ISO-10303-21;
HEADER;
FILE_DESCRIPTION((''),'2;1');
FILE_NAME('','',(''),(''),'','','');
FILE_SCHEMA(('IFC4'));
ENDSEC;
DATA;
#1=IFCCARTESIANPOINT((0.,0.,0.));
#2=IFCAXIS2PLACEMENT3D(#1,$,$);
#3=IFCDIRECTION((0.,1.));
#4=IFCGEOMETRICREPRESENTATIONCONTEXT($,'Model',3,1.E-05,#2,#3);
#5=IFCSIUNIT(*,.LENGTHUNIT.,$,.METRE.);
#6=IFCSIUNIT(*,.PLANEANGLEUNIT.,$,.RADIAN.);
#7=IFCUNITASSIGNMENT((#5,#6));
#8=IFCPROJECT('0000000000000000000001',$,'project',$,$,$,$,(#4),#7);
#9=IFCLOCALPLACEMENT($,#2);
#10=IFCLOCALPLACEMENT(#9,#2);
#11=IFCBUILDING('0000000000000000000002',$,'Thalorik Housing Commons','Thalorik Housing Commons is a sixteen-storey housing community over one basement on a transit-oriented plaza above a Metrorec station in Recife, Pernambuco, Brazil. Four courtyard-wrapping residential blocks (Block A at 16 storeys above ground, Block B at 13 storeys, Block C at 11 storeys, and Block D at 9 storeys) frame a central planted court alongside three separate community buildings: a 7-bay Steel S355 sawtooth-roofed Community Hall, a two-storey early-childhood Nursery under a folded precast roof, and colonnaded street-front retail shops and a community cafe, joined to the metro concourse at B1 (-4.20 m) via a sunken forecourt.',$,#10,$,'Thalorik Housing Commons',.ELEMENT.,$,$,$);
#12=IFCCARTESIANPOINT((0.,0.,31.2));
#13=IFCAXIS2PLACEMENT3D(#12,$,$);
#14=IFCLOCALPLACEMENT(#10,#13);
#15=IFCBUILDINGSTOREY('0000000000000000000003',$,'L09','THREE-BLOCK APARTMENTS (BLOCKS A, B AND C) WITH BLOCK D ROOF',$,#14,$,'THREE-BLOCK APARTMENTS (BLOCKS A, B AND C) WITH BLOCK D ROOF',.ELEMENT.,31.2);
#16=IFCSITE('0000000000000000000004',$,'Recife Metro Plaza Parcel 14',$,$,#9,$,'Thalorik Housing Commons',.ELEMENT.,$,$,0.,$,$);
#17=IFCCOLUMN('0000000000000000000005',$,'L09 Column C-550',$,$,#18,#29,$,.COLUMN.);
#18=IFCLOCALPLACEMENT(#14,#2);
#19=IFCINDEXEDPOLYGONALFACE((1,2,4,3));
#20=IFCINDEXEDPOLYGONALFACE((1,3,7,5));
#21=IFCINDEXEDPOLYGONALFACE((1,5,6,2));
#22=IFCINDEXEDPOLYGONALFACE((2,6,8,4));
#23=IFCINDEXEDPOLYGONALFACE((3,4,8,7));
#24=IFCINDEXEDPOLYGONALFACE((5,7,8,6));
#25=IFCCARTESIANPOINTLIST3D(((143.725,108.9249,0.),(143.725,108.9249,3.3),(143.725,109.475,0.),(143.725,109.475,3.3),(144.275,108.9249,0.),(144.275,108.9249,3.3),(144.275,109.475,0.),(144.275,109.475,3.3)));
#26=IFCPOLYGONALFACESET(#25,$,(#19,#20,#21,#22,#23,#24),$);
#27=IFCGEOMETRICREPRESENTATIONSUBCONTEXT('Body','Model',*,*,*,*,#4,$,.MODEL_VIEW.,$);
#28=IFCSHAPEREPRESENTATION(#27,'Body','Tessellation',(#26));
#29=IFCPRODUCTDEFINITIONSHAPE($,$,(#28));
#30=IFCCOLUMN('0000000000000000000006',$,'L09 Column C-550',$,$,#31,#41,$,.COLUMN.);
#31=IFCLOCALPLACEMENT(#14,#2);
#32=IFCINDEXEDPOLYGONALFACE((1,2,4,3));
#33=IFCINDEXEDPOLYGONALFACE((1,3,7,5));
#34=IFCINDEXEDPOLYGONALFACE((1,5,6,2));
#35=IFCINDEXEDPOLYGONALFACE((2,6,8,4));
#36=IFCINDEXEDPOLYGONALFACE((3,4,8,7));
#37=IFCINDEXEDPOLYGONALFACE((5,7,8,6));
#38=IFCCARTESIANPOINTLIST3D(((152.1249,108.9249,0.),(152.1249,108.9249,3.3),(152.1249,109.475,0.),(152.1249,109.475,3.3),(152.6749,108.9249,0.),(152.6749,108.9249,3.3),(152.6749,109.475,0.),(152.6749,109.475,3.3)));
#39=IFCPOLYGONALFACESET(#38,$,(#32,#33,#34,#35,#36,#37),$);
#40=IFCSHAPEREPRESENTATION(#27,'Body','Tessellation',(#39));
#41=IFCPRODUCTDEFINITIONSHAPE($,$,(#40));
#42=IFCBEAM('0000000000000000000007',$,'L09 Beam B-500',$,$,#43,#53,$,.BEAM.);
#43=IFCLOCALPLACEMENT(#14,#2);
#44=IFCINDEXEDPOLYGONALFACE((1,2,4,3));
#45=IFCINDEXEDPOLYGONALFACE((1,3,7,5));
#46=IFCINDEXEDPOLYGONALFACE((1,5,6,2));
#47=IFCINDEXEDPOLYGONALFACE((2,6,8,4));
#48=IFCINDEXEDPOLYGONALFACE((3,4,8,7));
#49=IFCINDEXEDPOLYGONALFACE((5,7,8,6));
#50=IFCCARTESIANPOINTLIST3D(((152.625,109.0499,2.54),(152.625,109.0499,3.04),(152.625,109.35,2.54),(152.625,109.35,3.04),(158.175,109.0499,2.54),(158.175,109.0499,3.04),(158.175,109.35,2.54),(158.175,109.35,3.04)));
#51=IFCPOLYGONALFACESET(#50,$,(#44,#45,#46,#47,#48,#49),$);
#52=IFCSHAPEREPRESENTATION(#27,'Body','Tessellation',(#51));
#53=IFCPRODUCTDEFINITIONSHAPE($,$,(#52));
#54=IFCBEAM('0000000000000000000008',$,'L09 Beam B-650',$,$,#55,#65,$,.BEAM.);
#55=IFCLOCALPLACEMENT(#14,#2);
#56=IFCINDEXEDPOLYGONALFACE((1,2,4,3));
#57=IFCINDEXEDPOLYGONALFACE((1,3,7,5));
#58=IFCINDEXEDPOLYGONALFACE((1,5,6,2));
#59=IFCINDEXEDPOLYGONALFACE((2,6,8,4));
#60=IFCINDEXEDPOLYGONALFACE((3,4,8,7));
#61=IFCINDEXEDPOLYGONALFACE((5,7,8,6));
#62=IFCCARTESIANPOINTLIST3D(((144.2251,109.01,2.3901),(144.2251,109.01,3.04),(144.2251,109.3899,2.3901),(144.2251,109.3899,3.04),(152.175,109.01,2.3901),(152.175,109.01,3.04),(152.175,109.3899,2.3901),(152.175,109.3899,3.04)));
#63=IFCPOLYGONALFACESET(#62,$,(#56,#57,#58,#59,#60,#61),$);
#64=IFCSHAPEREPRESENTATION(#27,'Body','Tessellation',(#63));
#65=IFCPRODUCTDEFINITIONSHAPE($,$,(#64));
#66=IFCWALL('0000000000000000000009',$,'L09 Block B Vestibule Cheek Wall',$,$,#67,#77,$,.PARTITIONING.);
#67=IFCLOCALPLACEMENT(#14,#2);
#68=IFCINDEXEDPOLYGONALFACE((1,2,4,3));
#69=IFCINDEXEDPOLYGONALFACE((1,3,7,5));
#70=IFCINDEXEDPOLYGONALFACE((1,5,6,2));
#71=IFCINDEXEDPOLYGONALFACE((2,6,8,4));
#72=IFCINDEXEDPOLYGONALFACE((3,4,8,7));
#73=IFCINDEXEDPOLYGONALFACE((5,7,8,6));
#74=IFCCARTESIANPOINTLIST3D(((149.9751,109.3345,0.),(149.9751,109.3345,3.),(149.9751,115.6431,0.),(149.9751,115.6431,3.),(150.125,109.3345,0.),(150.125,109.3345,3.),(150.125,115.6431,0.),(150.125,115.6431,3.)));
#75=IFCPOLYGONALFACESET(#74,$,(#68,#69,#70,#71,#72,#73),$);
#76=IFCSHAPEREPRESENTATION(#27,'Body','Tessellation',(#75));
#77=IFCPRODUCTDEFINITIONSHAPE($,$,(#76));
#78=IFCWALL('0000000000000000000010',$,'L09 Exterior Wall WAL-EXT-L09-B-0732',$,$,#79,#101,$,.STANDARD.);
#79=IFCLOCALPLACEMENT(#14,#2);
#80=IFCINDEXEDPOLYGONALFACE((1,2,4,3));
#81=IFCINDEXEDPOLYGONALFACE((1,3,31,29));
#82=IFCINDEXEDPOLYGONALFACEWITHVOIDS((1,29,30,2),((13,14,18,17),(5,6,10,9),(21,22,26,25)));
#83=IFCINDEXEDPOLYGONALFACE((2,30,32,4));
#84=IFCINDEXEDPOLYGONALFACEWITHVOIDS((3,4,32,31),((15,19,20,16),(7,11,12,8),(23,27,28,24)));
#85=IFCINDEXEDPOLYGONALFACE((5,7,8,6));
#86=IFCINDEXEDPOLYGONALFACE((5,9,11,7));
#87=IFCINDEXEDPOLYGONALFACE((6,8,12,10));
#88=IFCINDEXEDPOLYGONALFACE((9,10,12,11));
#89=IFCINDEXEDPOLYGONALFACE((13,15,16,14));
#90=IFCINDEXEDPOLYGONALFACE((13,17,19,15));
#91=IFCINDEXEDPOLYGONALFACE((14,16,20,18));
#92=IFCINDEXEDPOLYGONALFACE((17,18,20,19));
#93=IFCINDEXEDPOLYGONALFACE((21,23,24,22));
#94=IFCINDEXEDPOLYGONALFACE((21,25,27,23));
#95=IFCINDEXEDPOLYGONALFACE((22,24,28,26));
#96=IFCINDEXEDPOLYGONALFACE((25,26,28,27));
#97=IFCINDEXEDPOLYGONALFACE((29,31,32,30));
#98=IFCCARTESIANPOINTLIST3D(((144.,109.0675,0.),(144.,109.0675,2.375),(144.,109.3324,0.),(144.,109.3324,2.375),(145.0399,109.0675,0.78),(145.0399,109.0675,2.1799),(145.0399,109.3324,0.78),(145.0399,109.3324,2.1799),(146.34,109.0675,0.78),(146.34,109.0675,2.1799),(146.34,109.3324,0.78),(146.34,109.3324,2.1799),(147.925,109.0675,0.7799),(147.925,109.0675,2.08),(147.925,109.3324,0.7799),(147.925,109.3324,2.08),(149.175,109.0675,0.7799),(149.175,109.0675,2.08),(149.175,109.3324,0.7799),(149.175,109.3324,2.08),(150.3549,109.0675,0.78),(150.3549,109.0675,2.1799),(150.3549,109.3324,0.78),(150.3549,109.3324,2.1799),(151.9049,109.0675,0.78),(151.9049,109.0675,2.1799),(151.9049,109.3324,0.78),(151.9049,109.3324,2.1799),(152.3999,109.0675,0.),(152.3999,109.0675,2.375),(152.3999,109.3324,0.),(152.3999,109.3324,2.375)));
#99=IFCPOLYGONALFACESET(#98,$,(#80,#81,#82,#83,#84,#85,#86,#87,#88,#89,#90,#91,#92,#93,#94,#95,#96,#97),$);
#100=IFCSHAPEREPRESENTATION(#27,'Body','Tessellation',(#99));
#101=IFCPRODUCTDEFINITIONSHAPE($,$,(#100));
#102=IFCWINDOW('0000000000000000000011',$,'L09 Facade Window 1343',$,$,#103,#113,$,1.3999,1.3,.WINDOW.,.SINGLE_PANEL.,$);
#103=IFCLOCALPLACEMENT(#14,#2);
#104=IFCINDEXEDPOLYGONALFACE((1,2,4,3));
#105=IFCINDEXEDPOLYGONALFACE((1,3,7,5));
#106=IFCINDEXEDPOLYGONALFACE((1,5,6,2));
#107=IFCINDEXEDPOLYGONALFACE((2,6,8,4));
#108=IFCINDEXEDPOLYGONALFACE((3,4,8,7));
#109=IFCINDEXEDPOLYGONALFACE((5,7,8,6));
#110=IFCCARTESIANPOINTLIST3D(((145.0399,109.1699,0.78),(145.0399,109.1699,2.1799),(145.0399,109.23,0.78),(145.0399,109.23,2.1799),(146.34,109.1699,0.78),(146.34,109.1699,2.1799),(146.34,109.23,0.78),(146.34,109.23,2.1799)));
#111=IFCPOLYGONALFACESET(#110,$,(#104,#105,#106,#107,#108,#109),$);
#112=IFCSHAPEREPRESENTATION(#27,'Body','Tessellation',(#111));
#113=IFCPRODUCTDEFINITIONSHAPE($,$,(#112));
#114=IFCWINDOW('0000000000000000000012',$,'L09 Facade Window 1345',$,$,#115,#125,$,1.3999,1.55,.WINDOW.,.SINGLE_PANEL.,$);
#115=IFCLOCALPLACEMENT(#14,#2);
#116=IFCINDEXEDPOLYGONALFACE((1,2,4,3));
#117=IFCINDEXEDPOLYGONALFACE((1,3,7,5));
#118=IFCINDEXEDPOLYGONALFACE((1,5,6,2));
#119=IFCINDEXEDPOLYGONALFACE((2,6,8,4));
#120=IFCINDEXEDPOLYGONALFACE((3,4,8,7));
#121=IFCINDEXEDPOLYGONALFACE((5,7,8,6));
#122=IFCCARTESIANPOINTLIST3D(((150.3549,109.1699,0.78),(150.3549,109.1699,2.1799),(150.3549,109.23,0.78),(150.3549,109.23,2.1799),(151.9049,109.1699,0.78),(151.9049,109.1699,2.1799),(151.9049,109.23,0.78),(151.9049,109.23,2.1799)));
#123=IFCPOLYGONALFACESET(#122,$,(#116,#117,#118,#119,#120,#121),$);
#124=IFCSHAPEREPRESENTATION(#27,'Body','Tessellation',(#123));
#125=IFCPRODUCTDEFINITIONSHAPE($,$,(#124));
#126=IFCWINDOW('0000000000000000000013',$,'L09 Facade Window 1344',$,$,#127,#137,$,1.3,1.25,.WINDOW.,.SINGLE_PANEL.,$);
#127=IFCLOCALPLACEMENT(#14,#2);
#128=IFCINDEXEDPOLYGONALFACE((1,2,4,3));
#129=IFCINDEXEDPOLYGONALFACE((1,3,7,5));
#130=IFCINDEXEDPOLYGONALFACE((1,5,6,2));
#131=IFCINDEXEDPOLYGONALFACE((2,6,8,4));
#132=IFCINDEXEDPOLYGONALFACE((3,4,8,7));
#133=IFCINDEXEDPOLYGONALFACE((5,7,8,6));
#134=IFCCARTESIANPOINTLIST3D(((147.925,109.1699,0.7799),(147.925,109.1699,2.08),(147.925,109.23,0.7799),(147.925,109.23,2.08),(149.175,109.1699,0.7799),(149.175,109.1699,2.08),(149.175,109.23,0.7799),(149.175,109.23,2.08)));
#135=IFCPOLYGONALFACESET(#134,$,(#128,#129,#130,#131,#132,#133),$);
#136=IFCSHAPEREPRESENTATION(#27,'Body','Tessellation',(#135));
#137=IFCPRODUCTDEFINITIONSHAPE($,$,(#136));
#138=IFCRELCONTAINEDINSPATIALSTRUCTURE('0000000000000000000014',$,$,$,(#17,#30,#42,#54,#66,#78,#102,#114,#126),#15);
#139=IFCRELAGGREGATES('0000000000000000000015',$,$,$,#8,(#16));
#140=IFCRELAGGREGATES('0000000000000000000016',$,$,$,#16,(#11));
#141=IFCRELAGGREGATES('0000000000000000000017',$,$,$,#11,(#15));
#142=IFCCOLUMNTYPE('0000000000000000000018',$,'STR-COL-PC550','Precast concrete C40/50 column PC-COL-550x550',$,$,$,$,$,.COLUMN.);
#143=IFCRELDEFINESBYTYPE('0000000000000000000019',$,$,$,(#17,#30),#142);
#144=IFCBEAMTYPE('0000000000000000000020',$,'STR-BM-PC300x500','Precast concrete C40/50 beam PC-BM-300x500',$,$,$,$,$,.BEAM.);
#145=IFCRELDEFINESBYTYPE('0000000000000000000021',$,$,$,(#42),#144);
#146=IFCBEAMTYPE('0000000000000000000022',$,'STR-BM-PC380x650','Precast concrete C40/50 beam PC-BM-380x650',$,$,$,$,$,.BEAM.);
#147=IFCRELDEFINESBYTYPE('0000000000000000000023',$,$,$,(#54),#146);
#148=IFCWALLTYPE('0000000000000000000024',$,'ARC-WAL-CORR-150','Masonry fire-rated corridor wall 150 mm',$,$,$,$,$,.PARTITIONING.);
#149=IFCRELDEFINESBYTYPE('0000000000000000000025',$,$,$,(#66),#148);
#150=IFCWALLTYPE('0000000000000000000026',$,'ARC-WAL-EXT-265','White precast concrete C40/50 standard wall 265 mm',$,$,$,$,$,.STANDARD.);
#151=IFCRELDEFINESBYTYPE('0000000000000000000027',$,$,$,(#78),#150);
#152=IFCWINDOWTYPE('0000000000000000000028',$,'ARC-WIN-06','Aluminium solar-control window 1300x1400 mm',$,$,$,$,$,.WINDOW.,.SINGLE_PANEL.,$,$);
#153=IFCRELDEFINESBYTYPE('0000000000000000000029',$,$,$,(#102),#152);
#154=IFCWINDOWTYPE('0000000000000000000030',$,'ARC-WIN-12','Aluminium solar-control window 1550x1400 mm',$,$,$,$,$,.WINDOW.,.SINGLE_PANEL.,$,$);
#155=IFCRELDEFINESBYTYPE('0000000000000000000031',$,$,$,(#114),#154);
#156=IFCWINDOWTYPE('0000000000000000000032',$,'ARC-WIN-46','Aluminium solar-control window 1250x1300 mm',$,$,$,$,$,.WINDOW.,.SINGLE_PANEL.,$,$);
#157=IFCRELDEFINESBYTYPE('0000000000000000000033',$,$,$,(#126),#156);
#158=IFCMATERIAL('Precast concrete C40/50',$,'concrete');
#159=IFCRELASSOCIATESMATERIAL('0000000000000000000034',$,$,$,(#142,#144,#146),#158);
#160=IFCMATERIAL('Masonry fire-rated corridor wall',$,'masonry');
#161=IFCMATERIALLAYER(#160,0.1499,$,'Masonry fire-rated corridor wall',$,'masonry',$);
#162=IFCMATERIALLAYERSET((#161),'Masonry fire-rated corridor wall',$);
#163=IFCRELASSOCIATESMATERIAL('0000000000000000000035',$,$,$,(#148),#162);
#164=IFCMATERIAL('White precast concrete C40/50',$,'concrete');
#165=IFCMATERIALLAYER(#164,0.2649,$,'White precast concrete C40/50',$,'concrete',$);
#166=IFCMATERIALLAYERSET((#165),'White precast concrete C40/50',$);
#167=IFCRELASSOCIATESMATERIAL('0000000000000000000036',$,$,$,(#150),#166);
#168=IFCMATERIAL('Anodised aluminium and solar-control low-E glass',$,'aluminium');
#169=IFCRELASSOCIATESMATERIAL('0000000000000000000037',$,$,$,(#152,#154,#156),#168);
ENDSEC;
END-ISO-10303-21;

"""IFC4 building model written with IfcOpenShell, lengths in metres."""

from ifc_helpers import new_model, si_unit, direction, frame, frame_2d, origin, origin_2d, place, context, subcontext, project, spatial, rectangle, extrude, material, layer, layer_set, material_profile, profile_set, type_object, element, fill, save


model = new_model("IFC4")

# Units and contexts
model_context = context("Model", 3, precision=1e-05, world=origin(), true_north=direction((0.0, 1.0)))
body_context = subcontext(model_context, "Body", "Model", "MODEL_VIEW")
ifc_project = project(units=[si_unit("LENGTHUNIT", "METRE"), si_unit("PLANEANGLEUNIT", "RADIAN")], contexts=[model_context])

# Site, building, storey
site_placement = place(None, origin())
site = spatial("IfcSite", under=ifc_project, at=site_placement, Name="Recife Metro Plaza Parcel 14", LongName="Thalorik Housing Commons", CompositionType="ELEMENT", RefElevation=0.0)
building_placement = place(site_placement, origin())
building = spatial("IfcBuilding", under=site, at=building_placement, Name="Thalorik Housing Commons", Description="Thalorik Housing Commons is a sixteen-storey housing community over one basement on a transit-oriented plaza above a Metrorec station in Recife, Pernambuco, Brazil. Four courtyard-wrapping residential blocks (Block A at 16 storeys above ground, Block B at 13 storeys, Block C at 11 storeys, and Block D at 9 storeys) frame a central planted court alongside three separate community buildings: a 7-bay Steel S355 sawtooth-roofed Community Hall, a two-storey early-childhood Nursery under a folded precast roof, and colonnaded street-front retail shops and a community cafe, joined to the metro concourse at B1 (-4.20 m) via a sunken forecourt.", LongName="Thalorik Housing Commons", CompositionType="ELEMENT")
storey_placement = place(building_placement, frame((0.0, 0.0, 31.2)))
storey = spatial("IfcBuildingStorey", under=building, at=storey_placement, Name="L09", Description="THREE-BLOCK APARTMENTS (BLOCKS A, B AND C) WITH BLOCK D ROOF", LongName="THREE-BLOCK APARTMENTS (BLOCKS A, B AND C) WITH BLOCK D ROOF", CompositionType="ELEMENT", Elevation=31.2)

# Columns
ifc_material_1 = material(Name="Precast concrete C40/50", Category="concrete")
ifc_material_profile_1 = material_profile(ifc_material_1, rectangle(XDim=0.55, YDim=0.55, at=origin_2d()), Name="PC 550x550", Category="concrete")
ifc_profile_set_1 = profile_set([ifc_material_profile_1], Name="Precast concrete C40/50")
column_type = type_object("IfcColumnType", Name="STR-COL-PC550", Description="Precast concrete C40/50 column PC-COL-550x550", PredefinedType="COLUMN", material=ifc_profile_set_1)
for number, where, z_axis, x_axis, name in (
    (1, (144.0, 109.2, 0.0), (0.0, 0.0, 1.0), (1.0, 0.0, 0.0), "L09 Column C-550"),
    (2, (152.3999, 109.2, 0.0), (0.0, 0.0, 1.0), (1.0, 0.0, 0.0), "L09 Column C-550"),
):
    element("IfcColumn", number, at=place(storey_placement, frame(where, z_axis=z_axis, x_axis=x_axis)), inside=storey, type_object=column_type, Name=name, PredefinedType="COLUMN", context=body_context, shape_type="SweptSolid", body=[
        extrude(rectangle(XDim=0.55, YDim=0.55, at=origin_2d()), origin(), (0.0, 0.0, 1.0), 3.3),
    ])

# Beams
ifc_material_profile_2 = material_profile(ifc_material_1, rectangle(XDim=0.3, YDim=0.5, at=origin_2d()), Name="PC 300x500", Category="concrete")
ifc_profile_set_2 = profile_set([ifc_material_profile_2], Name="Precast concrete C40/50")
beam_type_1 = type_object("IfcBeamType", Name="STR-BM-PC300x500", Description="Precast concrete C40/50 beam PC-BM-300x500", PredefinedType="BEAM", material=ifc_profile_set_2)
beam_1_placement = place(storey_placement, frame((152.625, 109.2, 2.79), z_axis=(1.0, 0.0, 0.0), x_axis=(0.0, 1.0, 0.0)))
element("IfcBeam", 3, at=beam_1_placement, inside=storey, type_object=beam_type_1, Name="L09 Beam B-500", PredefinedType="BEAM", context=body_context, shape_type="SweptSolid", body=[
    extrude(rectangle(XDim=0.3, YDim=0.5, at=origin_2d()), origin(), (0.0, 0.0, 1.0), 5.55),
])
ifc_material_profile_3 = material_profile(ifc_material_1, rectangle(XDim=0.3799, YDim=0.6499, at=origin_2d()), Name="PC 380x650", Category="concrete")
ifc_profile_set_3 = profile_set([ifc_material_profile_3], Name="Precast concrete C40/50")
beam_type_2 = type_object("IfcBeamType", Name="STR-BM-PC380x650", Description="Precast concrete C40/50 beam PC-BM-380x650", PredefinedType="BEAM", material=ifc_profile_set_3)
beam_2_placement = place(storey_placement, frame((144.2251, 109.2, 2.7151), z_axis=(1.0, 0.0, 0.0), x_axis=(0.0, 1.0, 0.0)))
element("IfcBeam", 4, at=beam_2_placement, inside=storey, type_object=beam_type_2, Name="L09 Beam B-650", PredefinedType="BEAM", context=body_context, shape_type="SweptSolid", body=[
    extrude(rectangle(XDim=0.3799, YDim=0.6499, at=origin_2d()), origin(), (0.0, 0.0, 1.0), 7.95),
])

# Wall
ifc_material_2 = material(Name="Masonry fire-rated corridor wall", Category="masonry")
ifc_layer_1 = layer(ifc_material_2, 0.1499, Name="Masonry fire-rated corridor wall", Category="masonry")
ifc_layer_set_1 = layer_set([ifc_layer_1], Name="Masonry fire-rated corridor wall")
wall_type_1 = type_object("IfcWallType", Name="ARC-WAL-CORR-150", Description="Masonry fire-rated corridor wall 150 mm", PredefinedType="PARTITIONING", material=ifc_layer_set_1)
wall_1_placement = place(storey_placement, frame((150.05, 109.3345, 0.0), z_axis=(0.0, 0.0, 1.0), x_axis=(0.0, 1.0, 0.0)))
element("IfcWall", 5, at=wall_1_placement, inside=storey, type_object=wall_type_1, Name="L09 Block B Vestibule Cheek Wall", PredefinedType="PARTITIONING", context=body_context, shape_type="SweptSolid", body=[
    extrude(rectangle(XDim=6.3086, YDim=0.1499, at=frame_2d((3.1543, 0.0))), origin(), (0.0, 0.0, 1.0), 3.0),
])

# Wall, openings, windows
ifc_material_3 = material(Name="White precast concrete C40/50", Category="concrete")
ifc_layer_2 = layer(ifc_material_3, 0.2649, Name="White precast concrete C40/50", Category="concrete")
ifc_layer_set_2 = layer_set([ifc_layer_2], Name="White precast concrete C40/50")
wall_type_2 = type_object("IfcWallType", Name="ARC-WAL-EXT-265", Description="White precast concrete C40/50 standard wall 265 mm", PredefinedType="STANDARD", material=ifc_layer_set_2)
wall_2_placement = place(storey_placement, frame((144.0, 109.2, 0.0), z_axis=(0.0, 0.0, 1.0), x_axis=(1.0, 0.0, 0.0)))
wall_2 = element("IfcWall", 6, at=wall_2_placement, inside=storey, type_object=wall_type_2, Name="L09 Exterior Wall WAL-EXT-L09-B-0732", PredefinedType="STANDARD", context=body_context, shape_type="SweptSolid", body=[
    extrude(rectangle(XDim=8.3999, YDim=0.2649, at=frame_2d((4.2, 0.0))), origin(), (0.0, 0.0, 1.0), 2.375),
])
opening_1_placement = place(wall_2_placement, frame((1.04, 0.0, 0.78)))
opening_1 = element("IfcOpeningElement", 7, at=opening_1_placement, cuts=wall_2, PredefinedType="OPENING", context=body_context, shape_type="SweptSolid", body=[
    extrude(rectangle(XDim=1.3, YDim=1.3999, at=frame_2d((0.6499, 0.7))), frame((0.0, 0.1426, 0.0), z_axis=(0.0, -1.0, 0.0), x_axis=(1.0, 0.0, 0.0)), (0.0, 0.0, 1.0), 0.2849),
])
opening_2_placement = place(wall_2_placement, frame((3.925, 0.0, 0.78)))
opening_2 = element("IfcOpeningElement", 8, at=opening_2_placement, cuts=wall_2, PredefinedType="OPENING", context=body_context, shape_type="SweptSolid", body=[
    extrude(rectangle(XDim=1.25, YDim=1.3, at=frame_2d((0.625, 0.6499))), frame((0.0, 0.1426, 0.0), z_axis=(0.0, -1.0, 0.0), x_axis=(1.0, 0.0, 0.0)), (0.0, 0.0, 1.0), 0.2849),
])
opening_3_placement = place(wall_2_placement, frame((6.355, 0.0, 0.78)))
opening_3 = element("IfcOpeningElement", 9, at=opening_3_placement, cuts=wall_2, PredefinedType="OPENING", context=body_context, shape_type="SweptSolid", body=[
    extrude(rectangle(XDim=1.55, YDim=1.3999, at=frame_2d((0.7749, 0.7))), frame((0.0, 0.1426, 0.0), z_axis=(0.0, -1.0, 0.0), x_axis=(1.0, 0.0, 0.0)), (0.0, 0.0, 1.0), 0.2849),
])
ifc_material_4 = material(Name="Anodised aluminium and solar-control low-E glass", Category="aluminium")
window_type_1 = type_object("IfcWindowType", Name="ARC-WIN-06", Description="Aluminium solar-control window 1300x1400 mm", PartitioningType="SINGLE_PANEL", PredefinedType="WINDOW", material=ifc_material_4)
window_1_placement = place(opening_1_placement, origin())
window_1 = element("IfcWindow", 10, at=window_1_placement, inside=storey, type_object=window_type_1, Name="L09 Facade Window 1343", OverallHeight=1.3999, OverallWidth=1.3, PartitioningType="SINGLE_PANEL", PredefinedType="WINDOW", context=body_context, shape_type="SweptSolid", body=[
    extrude(rectangle(XDim=1.3, YDim=1.3999, at=frame_2d((0.6499, 0.7))), frame((0.0, 0.03, 0.0), z_axis=(0.0, -1.0, 0.0), x_axis=(1.0, 0.0, 0.0)), (0.0, 0.0, 1.0), 0.0601),
])
fill(opening_1, window_1)
window_type_2 = type_object("IfcWindowType", Name="ARC-WIN-12", Description="Aluminium solar-control window 1550x1400 mm", PartitioningType="SINGLE_PANEL", PredefinedType="WINDOW", material=ifc_material_4)
window_2_placement = place(opening_3_placement, origin())
window_2 = element("IfcWindow", 11, at=window_2_placement, inside=storey, type_object=window_type_2, Name="L09 Facade Window 1345", OverallHeight=1.3999, OverallWidth=1.55, PartitioningType="SINGLE_PANEL", PredefinedType="WINDOW", context=body_context, shape_type="SweptSolid", body=[
    extrude(rectangle(XDim=1.55, YDim=1.3999, at=frame_2d((0.7749, 0.7))), frame((0.0, 0.03, 0.0), z_axis=(0.0, -1.0, 0.0), x_axis=(1.0, 0.0, 0.0)), (0.0, 0.0, 1.0), 0.0601),
])
fill(opening_3, window_2)
window_type_3 = type_object("IfcWindowType", Name="ARC-WIN-46", Description="Aluminium solar-control window 1250x1300 mm", PartitioningType="SINGLE_PANEL", PredefinedType="WINDOW", material=ifc_material_4)
window_3_placement = place(opening_2_placement, origin())
window_3 = element("IfcWindow", 12, at=window_3_placement, inside=storey, type_object=window_type_3, Name="L09 Facade Window 1344", OverallHeight=1.3, OverallWidth=1.25, PartitioningType="SINGLE_PANEL", PredefinedType="WINDOW", context=body_context, shape_type="SweptSolid", body=[
    extrude(rectangle(XDim=1.25, YDim=1.3, at=frame_2d((0.625, 0.6499))), frame((0.0, 0.03, 0.0), z_axis=(0.0, -1.0, 0.0), x_axis=(1.0, 0.0, 0.0)), (0.0, 0.0, 1.0), 0.0601),
])
fill(opening_2, window_3)

save(model, "model.ifc")
